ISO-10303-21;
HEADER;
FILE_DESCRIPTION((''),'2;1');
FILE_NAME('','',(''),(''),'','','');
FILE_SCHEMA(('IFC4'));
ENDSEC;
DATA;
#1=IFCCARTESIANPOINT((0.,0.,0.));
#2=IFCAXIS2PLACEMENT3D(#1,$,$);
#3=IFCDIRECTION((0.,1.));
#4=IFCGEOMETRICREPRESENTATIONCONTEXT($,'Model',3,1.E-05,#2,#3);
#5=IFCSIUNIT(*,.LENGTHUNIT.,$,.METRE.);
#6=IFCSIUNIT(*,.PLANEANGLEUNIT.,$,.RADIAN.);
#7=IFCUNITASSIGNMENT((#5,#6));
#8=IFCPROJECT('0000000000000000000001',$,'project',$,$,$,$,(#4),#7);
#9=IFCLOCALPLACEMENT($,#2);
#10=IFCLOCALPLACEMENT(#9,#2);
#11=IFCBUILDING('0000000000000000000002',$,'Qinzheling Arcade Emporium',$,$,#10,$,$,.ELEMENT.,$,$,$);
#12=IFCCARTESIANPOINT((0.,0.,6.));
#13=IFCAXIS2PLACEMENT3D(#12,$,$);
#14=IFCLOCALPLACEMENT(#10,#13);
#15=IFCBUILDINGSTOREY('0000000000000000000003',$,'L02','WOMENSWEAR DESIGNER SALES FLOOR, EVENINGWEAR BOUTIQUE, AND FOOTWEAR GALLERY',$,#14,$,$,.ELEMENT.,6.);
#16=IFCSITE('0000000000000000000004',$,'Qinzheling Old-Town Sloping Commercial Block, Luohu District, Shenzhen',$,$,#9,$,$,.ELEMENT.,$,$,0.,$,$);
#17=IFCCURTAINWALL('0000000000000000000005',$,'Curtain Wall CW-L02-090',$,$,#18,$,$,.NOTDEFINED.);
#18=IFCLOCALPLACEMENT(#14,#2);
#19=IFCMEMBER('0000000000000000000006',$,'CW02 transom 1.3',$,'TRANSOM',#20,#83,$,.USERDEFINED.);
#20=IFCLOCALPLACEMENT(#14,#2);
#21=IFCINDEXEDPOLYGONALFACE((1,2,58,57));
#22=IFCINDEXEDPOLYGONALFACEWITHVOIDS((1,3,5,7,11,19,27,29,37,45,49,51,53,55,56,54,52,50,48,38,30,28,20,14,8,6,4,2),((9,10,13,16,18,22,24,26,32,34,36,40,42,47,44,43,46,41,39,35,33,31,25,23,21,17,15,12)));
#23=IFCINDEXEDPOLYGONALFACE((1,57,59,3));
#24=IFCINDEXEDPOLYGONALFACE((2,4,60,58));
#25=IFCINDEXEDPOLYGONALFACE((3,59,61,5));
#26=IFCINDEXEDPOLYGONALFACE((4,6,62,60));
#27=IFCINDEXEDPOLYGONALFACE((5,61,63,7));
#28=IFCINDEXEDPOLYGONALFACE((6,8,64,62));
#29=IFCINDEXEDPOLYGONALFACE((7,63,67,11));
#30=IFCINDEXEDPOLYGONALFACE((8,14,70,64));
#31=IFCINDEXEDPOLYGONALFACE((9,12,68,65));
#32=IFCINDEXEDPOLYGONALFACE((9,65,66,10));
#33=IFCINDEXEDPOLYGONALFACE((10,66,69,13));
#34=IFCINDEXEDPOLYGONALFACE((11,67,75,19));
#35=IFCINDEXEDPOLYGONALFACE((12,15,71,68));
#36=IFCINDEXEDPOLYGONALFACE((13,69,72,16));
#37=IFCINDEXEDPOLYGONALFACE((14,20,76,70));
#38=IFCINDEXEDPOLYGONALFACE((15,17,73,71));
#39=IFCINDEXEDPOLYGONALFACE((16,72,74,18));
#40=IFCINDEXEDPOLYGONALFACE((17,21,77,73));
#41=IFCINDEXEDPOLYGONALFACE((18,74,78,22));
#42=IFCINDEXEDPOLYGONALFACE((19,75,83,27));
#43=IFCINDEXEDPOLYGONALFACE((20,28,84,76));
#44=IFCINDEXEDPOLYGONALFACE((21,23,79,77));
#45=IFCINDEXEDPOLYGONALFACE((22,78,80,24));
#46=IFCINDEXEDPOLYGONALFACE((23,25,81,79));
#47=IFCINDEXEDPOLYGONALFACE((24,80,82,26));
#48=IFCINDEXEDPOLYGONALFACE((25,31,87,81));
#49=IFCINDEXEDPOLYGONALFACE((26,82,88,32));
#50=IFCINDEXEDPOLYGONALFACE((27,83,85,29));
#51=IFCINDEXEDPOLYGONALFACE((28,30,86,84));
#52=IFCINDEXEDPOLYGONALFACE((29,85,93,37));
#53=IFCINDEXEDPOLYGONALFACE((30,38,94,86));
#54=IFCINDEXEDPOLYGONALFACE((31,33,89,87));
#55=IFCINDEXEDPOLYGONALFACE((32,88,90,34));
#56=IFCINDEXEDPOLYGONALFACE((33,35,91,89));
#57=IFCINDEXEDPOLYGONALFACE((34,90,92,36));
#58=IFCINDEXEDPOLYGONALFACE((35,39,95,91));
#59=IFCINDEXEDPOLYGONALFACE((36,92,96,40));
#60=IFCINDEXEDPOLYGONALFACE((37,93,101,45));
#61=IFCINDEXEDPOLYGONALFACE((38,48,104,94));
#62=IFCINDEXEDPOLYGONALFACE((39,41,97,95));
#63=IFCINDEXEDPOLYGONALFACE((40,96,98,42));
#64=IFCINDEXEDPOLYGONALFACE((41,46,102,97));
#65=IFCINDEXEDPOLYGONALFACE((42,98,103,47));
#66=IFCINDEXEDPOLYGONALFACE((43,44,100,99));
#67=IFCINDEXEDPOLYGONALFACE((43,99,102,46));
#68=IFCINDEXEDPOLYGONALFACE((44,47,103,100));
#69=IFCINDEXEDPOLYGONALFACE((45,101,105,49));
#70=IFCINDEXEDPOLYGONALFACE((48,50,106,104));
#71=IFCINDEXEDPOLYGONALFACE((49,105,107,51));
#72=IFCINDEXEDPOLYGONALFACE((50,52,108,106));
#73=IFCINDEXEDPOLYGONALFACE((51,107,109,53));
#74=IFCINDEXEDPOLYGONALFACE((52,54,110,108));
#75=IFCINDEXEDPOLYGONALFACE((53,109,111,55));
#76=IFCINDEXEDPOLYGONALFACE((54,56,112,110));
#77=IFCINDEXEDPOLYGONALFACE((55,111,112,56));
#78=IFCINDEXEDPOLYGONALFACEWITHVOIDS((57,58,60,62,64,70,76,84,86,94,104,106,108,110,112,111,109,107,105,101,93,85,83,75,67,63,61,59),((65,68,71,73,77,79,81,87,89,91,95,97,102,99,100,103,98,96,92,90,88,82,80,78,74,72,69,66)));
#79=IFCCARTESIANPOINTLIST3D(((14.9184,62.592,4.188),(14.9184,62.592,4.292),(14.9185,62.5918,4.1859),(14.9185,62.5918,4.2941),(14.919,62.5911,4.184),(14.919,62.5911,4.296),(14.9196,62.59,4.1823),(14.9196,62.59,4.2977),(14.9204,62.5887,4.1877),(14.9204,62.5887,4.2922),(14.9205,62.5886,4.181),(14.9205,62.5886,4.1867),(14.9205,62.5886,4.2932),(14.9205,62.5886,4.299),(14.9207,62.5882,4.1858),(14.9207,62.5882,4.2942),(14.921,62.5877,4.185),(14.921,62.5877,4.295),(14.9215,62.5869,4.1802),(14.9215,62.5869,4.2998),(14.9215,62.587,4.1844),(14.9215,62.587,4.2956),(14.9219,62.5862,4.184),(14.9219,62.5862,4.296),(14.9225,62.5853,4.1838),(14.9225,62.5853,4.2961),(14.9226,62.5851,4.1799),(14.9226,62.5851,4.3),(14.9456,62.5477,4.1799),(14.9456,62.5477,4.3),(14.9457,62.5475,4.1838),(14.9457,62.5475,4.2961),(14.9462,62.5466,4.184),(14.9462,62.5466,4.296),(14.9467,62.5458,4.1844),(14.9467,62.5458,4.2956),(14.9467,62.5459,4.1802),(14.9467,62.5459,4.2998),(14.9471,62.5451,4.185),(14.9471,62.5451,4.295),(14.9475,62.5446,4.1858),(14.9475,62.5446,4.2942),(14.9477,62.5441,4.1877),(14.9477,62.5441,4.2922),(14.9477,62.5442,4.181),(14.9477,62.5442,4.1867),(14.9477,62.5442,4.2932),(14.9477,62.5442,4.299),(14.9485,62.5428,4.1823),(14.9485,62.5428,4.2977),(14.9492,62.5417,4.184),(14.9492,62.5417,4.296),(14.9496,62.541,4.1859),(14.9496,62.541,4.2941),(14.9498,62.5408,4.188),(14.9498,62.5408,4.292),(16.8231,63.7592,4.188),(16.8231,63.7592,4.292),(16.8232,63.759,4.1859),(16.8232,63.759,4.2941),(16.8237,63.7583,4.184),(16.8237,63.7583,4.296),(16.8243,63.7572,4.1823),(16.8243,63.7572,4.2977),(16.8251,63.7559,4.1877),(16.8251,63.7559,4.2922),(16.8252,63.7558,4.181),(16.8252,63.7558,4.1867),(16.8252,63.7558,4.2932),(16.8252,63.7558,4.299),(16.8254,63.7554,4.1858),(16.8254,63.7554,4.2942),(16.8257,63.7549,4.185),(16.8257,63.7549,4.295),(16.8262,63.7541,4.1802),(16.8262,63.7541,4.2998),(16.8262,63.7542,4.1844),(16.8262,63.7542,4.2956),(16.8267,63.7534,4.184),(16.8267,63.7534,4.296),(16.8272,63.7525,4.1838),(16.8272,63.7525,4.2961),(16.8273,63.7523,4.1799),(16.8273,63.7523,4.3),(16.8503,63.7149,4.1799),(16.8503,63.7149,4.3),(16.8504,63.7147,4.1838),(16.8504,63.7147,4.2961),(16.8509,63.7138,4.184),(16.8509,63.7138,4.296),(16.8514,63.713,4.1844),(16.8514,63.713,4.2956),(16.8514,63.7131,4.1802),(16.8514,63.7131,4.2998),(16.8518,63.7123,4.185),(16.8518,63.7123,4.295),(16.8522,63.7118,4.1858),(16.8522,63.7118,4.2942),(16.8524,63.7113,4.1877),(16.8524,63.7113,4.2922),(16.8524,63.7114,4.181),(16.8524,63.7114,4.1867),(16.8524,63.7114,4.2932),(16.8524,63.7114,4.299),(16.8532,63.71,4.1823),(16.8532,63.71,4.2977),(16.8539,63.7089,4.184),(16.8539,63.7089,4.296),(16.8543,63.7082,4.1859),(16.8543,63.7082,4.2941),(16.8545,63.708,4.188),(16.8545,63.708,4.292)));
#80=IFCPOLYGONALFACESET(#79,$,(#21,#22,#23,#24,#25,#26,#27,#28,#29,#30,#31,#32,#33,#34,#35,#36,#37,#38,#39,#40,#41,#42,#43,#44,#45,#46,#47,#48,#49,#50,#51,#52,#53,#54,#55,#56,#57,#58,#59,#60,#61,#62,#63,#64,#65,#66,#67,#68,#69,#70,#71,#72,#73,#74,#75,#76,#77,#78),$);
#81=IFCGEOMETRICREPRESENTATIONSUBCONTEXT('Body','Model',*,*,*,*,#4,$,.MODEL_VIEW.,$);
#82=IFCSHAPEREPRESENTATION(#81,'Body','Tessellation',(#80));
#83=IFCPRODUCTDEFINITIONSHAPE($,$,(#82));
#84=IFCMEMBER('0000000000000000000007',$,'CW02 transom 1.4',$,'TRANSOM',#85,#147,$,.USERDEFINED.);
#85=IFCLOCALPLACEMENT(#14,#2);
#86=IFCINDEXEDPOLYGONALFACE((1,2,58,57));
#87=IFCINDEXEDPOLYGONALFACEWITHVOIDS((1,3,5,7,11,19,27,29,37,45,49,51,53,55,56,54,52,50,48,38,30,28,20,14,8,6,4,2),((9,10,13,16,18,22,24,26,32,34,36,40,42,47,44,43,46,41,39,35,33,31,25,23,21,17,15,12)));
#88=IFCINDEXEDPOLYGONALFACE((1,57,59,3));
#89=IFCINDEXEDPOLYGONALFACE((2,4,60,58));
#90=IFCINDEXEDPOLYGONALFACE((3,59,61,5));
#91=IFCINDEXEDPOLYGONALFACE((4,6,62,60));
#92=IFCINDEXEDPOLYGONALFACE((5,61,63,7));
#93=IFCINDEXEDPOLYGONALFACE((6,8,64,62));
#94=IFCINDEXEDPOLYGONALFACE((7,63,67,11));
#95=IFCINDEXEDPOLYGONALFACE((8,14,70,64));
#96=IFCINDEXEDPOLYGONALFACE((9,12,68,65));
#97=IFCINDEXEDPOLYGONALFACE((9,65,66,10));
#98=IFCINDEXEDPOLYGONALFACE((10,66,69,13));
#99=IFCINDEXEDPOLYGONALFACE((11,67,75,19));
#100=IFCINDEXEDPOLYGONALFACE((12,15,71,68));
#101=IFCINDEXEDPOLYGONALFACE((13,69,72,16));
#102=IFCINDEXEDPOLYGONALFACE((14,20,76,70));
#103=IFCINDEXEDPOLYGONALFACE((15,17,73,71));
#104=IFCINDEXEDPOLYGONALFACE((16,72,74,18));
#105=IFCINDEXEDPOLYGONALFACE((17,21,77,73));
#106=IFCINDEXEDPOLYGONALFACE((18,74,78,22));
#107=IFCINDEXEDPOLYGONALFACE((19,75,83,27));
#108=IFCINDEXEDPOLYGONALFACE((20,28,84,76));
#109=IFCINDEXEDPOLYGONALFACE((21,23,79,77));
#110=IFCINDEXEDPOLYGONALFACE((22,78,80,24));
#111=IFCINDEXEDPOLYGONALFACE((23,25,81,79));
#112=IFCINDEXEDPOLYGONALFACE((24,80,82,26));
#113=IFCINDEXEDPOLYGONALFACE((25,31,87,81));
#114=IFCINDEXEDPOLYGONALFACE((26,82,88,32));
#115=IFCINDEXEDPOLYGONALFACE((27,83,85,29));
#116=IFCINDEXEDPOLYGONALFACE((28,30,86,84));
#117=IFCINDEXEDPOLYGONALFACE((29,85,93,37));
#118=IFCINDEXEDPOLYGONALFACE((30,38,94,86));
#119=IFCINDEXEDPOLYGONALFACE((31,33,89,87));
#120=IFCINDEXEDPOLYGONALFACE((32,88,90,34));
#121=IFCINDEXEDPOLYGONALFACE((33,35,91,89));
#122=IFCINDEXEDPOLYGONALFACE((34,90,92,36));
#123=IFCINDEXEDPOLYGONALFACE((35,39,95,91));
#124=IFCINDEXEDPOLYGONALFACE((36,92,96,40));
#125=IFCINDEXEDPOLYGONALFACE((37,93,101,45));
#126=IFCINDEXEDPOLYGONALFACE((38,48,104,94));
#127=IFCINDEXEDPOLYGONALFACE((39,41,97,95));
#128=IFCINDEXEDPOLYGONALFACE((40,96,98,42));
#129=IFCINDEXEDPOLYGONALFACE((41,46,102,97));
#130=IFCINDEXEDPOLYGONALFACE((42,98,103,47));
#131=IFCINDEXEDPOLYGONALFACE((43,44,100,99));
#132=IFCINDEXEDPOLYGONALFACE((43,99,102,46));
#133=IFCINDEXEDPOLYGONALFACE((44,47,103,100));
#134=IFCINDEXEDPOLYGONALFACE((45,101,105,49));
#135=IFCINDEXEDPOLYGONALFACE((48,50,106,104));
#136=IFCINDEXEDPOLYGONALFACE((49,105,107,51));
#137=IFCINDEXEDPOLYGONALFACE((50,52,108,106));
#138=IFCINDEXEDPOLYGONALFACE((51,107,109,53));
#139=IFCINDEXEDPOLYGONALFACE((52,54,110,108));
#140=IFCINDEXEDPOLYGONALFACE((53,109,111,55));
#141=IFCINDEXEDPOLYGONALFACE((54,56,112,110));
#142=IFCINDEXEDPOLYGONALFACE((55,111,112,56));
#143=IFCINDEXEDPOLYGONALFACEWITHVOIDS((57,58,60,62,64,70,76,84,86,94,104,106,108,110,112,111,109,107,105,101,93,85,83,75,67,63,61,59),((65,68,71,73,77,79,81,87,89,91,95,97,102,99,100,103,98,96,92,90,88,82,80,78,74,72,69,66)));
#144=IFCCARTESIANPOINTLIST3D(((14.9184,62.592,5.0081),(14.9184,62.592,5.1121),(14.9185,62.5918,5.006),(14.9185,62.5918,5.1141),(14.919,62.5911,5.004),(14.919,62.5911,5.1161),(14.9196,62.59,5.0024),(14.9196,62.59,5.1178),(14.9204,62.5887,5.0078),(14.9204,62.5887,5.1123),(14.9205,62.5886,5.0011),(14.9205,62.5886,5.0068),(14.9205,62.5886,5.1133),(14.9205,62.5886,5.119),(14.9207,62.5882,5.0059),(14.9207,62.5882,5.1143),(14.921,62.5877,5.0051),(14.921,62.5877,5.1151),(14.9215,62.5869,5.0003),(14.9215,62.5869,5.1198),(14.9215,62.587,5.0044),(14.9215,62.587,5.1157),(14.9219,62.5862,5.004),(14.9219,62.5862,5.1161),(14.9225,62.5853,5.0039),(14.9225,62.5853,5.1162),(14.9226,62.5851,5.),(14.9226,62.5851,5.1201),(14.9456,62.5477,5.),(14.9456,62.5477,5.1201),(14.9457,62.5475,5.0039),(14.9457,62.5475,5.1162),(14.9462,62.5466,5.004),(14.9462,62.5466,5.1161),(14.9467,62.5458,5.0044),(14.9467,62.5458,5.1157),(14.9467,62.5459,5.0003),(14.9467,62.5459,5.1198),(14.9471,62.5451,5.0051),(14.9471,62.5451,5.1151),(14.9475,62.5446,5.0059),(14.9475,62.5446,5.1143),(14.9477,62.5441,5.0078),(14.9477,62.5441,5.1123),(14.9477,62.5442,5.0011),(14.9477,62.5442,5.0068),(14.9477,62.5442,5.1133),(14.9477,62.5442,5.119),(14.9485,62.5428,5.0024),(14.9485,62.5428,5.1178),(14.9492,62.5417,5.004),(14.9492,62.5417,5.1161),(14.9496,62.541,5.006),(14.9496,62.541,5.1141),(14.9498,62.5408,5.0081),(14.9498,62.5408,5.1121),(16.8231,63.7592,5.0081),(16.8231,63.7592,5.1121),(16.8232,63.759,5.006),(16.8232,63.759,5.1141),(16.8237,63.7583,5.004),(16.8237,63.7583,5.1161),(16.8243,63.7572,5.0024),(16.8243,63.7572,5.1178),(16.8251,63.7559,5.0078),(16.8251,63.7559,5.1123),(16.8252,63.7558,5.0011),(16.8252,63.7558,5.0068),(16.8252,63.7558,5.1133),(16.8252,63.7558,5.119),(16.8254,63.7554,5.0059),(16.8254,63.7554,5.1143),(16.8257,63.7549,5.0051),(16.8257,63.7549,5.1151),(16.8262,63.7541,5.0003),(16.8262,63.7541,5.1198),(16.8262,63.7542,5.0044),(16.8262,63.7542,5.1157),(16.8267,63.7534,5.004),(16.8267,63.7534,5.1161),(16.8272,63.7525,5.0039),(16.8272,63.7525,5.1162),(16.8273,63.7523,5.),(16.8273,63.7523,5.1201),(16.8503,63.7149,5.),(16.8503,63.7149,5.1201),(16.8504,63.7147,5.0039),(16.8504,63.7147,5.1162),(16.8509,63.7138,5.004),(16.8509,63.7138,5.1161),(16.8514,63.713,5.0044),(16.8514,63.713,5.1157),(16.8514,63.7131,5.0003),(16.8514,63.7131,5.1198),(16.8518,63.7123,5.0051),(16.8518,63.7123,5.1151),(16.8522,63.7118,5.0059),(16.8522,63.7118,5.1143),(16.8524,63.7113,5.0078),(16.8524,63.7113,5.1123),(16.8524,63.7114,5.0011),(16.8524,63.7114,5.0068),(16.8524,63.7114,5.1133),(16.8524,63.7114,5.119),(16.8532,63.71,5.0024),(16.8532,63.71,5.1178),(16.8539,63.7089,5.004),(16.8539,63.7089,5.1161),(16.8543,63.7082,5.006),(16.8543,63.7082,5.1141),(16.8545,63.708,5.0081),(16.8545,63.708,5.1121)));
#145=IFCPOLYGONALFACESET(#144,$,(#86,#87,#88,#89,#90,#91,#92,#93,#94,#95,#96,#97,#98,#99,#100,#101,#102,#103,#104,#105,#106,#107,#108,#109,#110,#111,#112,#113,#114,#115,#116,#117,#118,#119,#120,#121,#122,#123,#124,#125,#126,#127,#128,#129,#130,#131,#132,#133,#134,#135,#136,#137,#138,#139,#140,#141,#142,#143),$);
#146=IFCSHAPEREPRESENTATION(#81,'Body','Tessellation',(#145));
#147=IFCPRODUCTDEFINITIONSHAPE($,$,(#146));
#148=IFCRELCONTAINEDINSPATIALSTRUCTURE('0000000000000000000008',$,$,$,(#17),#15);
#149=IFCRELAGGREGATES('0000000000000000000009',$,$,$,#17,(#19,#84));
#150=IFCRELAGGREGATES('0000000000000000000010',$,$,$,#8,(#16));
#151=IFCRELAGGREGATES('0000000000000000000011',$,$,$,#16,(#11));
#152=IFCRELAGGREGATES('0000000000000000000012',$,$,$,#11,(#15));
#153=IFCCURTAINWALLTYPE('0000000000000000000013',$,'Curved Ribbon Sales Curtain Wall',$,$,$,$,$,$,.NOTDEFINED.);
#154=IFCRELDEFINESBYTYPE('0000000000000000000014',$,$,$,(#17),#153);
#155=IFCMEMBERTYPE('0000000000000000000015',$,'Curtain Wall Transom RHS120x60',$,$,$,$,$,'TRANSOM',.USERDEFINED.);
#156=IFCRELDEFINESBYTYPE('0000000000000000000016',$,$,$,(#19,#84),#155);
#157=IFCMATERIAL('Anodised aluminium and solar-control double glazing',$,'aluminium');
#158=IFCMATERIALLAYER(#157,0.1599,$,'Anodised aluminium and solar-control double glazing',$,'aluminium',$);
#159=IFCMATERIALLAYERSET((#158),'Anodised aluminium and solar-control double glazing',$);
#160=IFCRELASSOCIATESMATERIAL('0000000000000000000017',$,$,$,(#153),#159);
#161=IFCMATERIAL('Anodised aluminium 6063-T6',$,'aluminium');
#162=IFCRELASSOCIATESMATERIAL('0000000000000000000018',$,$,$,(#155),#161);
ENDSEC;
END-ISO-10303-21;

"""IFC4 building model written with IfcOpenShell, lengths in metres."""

from ifc_helpers import new_model, si_unit, direction, frame, origin, origin_2d, place, context, subcontext, project, spatial, hollow_rectangle, extrude, material, layer, layer_set, material_profile, profile_set, type_object, element, aggregate, save


model = new_model("IFC4")

# Units and contexts
model_context = context("Model", 3, precision=1e-05, world=origin(), true_north=direction((0.0, 1.0)))
body_context = subcontext(model_context, "Body", "Model", "MODEL_VIEW")
ifc_project = project(units=[si_unit("LENGTHUNIT", "METRE"), si_unit("PLANEANGLEUNIT", "RADIAN")], contexts=[model_context])

# Site, building, storey
site_placement = place(None, origin())
site = spatial("IfcSite", under=ifc_project, at=site_placement, Name="Qinzheling Old-Town Sloping Commercial Block, Luohu District, Shenzhen", CompositionType="ELEMENT", RefElevation=0.0)
building_placement = place(site_placement, origin())
building = spatial("IfcBuilding", under=site, at=building_placement, Name="Qinzheling Arcade Emporium", CompositionType="ELEMENT")
storey_placement = place(building_placement, frame((0.0, 0.0, 6.0)))
storey = spatial("IfcBuildingStorey", under=building, at=storey_placement, Name="L02", Description="WOMENSWEAR DESIGNER SALES FLOOR, EVENINGWEAR BOUTIQUE, AND FOOTWEAR GALLERY", CompositionType="ELEMENT", Elevation=6.0)

# Shared definitions
ifc_material_1 = material(Name="Anodised aluminium and solar-control double glazing", Category="aluminium")
ifc_layer_1 = layer(ifc_material_1, 0.1599, Name="Anodised aluminium and solar-control double glazing", Category="aluminium")
ifc_layer_set_1 = layer_set([ifc_layer_1], Name="Anodised aluminium and solar-control double glazing")
curtain_wall_type = type_object("IfcCurtainWallType", Name="Curved Ribbon Sales Curtain Wall", PredefinedType="NOTDEFINED", material=ifc_layer_set_1)
ifc_material_2 = material(Name="Anodised aluminium 6063-T6", Category="aluminium")

# Curtain wall
curtain_wall_1_placement = place(storey_placement, origin())
curtain_wall_1 = element("IfcCurtainWall", 1, at=curtain_wall_1_placement, inside=storey, type_object=curtain_wall_type, Name="Curtain Wall CW-L02-090", PredefinedType="NOTDEFINED")

# Members
ifc_material_profile_1 = material_profile(ifc_material_2, hollow_rectangle(XDim=0.0601, YDim=0.1201, WallThickness=0.0039, InnerFilletRadius=0.0039, OuterFilletRadius=0.0081, at=origin_2d()), Name="RHS 120x60x4", Category="aluminium")
ifc_profile_set_1 = profile_set([ifc_material_profile_1], Name="Anodised aluminium 6063-T6")
member_type_1 = type_object("IfcMemberType", Name="Curtain Wall Transom RHS120x60", ElementType="TRANSOM", PredefinedType="USERDEFINED", material=ifc_profile_set_1)
member_1_placement = place(storey_placement, frame((14.9341, 62.5664, 4.24), z_axis=(0.852644, 0.522493, 0.0), x_axis=(-0.522493, 0.852644, 0.0)))
member_1 = element("IfcMember", 2, at=member_1_placement, type_object=member_type_1, Name="CW02 transom 1.3", ObjectType="TRANSOM", PredefinedType="USERDEFINED", context=body_context, shape_type="SweptSolid", body=[
    extrude(hollow_rectangle(XDim=0.0601, YDim=0.1201, WallThickness=0.0039, InnerFilletRadius=0.0039, OuterFilletRadius=0.0081, at=origin_2d()), origin(), (0.0, 0.0, 1.0), 2.2339),
])
member_2_placement = place(storey_placement, frame((14.9341, 62.5664, 5.0601), z_axis=(0.852644, 0.522493, 0.0), x_axis=(-0.522493, 0.852644, 0.0)))
member_2 = element("IfcMember", 3, at=member_2_placement, type_object=member_type_1, Name="CW02 transom 1.4", ObjectType="TRANSOM", PredefinedType="USERDEFINED", context=body_context, shape_type="SweptSolid", body=[
    extrude(hollow_rectangle(XDim=0.0601, YDim=0.1201, WallThickness=0.0039, InnerFilletRadius=0.0039, OuterFilletRadius=0.0081, at=origin_2d()), origin(), (0.0, 0.0, 1.0), 2.2339),
])

aggregate(curtain_wall_1, [member_1, member_2])

save(model, "model.ifc")
